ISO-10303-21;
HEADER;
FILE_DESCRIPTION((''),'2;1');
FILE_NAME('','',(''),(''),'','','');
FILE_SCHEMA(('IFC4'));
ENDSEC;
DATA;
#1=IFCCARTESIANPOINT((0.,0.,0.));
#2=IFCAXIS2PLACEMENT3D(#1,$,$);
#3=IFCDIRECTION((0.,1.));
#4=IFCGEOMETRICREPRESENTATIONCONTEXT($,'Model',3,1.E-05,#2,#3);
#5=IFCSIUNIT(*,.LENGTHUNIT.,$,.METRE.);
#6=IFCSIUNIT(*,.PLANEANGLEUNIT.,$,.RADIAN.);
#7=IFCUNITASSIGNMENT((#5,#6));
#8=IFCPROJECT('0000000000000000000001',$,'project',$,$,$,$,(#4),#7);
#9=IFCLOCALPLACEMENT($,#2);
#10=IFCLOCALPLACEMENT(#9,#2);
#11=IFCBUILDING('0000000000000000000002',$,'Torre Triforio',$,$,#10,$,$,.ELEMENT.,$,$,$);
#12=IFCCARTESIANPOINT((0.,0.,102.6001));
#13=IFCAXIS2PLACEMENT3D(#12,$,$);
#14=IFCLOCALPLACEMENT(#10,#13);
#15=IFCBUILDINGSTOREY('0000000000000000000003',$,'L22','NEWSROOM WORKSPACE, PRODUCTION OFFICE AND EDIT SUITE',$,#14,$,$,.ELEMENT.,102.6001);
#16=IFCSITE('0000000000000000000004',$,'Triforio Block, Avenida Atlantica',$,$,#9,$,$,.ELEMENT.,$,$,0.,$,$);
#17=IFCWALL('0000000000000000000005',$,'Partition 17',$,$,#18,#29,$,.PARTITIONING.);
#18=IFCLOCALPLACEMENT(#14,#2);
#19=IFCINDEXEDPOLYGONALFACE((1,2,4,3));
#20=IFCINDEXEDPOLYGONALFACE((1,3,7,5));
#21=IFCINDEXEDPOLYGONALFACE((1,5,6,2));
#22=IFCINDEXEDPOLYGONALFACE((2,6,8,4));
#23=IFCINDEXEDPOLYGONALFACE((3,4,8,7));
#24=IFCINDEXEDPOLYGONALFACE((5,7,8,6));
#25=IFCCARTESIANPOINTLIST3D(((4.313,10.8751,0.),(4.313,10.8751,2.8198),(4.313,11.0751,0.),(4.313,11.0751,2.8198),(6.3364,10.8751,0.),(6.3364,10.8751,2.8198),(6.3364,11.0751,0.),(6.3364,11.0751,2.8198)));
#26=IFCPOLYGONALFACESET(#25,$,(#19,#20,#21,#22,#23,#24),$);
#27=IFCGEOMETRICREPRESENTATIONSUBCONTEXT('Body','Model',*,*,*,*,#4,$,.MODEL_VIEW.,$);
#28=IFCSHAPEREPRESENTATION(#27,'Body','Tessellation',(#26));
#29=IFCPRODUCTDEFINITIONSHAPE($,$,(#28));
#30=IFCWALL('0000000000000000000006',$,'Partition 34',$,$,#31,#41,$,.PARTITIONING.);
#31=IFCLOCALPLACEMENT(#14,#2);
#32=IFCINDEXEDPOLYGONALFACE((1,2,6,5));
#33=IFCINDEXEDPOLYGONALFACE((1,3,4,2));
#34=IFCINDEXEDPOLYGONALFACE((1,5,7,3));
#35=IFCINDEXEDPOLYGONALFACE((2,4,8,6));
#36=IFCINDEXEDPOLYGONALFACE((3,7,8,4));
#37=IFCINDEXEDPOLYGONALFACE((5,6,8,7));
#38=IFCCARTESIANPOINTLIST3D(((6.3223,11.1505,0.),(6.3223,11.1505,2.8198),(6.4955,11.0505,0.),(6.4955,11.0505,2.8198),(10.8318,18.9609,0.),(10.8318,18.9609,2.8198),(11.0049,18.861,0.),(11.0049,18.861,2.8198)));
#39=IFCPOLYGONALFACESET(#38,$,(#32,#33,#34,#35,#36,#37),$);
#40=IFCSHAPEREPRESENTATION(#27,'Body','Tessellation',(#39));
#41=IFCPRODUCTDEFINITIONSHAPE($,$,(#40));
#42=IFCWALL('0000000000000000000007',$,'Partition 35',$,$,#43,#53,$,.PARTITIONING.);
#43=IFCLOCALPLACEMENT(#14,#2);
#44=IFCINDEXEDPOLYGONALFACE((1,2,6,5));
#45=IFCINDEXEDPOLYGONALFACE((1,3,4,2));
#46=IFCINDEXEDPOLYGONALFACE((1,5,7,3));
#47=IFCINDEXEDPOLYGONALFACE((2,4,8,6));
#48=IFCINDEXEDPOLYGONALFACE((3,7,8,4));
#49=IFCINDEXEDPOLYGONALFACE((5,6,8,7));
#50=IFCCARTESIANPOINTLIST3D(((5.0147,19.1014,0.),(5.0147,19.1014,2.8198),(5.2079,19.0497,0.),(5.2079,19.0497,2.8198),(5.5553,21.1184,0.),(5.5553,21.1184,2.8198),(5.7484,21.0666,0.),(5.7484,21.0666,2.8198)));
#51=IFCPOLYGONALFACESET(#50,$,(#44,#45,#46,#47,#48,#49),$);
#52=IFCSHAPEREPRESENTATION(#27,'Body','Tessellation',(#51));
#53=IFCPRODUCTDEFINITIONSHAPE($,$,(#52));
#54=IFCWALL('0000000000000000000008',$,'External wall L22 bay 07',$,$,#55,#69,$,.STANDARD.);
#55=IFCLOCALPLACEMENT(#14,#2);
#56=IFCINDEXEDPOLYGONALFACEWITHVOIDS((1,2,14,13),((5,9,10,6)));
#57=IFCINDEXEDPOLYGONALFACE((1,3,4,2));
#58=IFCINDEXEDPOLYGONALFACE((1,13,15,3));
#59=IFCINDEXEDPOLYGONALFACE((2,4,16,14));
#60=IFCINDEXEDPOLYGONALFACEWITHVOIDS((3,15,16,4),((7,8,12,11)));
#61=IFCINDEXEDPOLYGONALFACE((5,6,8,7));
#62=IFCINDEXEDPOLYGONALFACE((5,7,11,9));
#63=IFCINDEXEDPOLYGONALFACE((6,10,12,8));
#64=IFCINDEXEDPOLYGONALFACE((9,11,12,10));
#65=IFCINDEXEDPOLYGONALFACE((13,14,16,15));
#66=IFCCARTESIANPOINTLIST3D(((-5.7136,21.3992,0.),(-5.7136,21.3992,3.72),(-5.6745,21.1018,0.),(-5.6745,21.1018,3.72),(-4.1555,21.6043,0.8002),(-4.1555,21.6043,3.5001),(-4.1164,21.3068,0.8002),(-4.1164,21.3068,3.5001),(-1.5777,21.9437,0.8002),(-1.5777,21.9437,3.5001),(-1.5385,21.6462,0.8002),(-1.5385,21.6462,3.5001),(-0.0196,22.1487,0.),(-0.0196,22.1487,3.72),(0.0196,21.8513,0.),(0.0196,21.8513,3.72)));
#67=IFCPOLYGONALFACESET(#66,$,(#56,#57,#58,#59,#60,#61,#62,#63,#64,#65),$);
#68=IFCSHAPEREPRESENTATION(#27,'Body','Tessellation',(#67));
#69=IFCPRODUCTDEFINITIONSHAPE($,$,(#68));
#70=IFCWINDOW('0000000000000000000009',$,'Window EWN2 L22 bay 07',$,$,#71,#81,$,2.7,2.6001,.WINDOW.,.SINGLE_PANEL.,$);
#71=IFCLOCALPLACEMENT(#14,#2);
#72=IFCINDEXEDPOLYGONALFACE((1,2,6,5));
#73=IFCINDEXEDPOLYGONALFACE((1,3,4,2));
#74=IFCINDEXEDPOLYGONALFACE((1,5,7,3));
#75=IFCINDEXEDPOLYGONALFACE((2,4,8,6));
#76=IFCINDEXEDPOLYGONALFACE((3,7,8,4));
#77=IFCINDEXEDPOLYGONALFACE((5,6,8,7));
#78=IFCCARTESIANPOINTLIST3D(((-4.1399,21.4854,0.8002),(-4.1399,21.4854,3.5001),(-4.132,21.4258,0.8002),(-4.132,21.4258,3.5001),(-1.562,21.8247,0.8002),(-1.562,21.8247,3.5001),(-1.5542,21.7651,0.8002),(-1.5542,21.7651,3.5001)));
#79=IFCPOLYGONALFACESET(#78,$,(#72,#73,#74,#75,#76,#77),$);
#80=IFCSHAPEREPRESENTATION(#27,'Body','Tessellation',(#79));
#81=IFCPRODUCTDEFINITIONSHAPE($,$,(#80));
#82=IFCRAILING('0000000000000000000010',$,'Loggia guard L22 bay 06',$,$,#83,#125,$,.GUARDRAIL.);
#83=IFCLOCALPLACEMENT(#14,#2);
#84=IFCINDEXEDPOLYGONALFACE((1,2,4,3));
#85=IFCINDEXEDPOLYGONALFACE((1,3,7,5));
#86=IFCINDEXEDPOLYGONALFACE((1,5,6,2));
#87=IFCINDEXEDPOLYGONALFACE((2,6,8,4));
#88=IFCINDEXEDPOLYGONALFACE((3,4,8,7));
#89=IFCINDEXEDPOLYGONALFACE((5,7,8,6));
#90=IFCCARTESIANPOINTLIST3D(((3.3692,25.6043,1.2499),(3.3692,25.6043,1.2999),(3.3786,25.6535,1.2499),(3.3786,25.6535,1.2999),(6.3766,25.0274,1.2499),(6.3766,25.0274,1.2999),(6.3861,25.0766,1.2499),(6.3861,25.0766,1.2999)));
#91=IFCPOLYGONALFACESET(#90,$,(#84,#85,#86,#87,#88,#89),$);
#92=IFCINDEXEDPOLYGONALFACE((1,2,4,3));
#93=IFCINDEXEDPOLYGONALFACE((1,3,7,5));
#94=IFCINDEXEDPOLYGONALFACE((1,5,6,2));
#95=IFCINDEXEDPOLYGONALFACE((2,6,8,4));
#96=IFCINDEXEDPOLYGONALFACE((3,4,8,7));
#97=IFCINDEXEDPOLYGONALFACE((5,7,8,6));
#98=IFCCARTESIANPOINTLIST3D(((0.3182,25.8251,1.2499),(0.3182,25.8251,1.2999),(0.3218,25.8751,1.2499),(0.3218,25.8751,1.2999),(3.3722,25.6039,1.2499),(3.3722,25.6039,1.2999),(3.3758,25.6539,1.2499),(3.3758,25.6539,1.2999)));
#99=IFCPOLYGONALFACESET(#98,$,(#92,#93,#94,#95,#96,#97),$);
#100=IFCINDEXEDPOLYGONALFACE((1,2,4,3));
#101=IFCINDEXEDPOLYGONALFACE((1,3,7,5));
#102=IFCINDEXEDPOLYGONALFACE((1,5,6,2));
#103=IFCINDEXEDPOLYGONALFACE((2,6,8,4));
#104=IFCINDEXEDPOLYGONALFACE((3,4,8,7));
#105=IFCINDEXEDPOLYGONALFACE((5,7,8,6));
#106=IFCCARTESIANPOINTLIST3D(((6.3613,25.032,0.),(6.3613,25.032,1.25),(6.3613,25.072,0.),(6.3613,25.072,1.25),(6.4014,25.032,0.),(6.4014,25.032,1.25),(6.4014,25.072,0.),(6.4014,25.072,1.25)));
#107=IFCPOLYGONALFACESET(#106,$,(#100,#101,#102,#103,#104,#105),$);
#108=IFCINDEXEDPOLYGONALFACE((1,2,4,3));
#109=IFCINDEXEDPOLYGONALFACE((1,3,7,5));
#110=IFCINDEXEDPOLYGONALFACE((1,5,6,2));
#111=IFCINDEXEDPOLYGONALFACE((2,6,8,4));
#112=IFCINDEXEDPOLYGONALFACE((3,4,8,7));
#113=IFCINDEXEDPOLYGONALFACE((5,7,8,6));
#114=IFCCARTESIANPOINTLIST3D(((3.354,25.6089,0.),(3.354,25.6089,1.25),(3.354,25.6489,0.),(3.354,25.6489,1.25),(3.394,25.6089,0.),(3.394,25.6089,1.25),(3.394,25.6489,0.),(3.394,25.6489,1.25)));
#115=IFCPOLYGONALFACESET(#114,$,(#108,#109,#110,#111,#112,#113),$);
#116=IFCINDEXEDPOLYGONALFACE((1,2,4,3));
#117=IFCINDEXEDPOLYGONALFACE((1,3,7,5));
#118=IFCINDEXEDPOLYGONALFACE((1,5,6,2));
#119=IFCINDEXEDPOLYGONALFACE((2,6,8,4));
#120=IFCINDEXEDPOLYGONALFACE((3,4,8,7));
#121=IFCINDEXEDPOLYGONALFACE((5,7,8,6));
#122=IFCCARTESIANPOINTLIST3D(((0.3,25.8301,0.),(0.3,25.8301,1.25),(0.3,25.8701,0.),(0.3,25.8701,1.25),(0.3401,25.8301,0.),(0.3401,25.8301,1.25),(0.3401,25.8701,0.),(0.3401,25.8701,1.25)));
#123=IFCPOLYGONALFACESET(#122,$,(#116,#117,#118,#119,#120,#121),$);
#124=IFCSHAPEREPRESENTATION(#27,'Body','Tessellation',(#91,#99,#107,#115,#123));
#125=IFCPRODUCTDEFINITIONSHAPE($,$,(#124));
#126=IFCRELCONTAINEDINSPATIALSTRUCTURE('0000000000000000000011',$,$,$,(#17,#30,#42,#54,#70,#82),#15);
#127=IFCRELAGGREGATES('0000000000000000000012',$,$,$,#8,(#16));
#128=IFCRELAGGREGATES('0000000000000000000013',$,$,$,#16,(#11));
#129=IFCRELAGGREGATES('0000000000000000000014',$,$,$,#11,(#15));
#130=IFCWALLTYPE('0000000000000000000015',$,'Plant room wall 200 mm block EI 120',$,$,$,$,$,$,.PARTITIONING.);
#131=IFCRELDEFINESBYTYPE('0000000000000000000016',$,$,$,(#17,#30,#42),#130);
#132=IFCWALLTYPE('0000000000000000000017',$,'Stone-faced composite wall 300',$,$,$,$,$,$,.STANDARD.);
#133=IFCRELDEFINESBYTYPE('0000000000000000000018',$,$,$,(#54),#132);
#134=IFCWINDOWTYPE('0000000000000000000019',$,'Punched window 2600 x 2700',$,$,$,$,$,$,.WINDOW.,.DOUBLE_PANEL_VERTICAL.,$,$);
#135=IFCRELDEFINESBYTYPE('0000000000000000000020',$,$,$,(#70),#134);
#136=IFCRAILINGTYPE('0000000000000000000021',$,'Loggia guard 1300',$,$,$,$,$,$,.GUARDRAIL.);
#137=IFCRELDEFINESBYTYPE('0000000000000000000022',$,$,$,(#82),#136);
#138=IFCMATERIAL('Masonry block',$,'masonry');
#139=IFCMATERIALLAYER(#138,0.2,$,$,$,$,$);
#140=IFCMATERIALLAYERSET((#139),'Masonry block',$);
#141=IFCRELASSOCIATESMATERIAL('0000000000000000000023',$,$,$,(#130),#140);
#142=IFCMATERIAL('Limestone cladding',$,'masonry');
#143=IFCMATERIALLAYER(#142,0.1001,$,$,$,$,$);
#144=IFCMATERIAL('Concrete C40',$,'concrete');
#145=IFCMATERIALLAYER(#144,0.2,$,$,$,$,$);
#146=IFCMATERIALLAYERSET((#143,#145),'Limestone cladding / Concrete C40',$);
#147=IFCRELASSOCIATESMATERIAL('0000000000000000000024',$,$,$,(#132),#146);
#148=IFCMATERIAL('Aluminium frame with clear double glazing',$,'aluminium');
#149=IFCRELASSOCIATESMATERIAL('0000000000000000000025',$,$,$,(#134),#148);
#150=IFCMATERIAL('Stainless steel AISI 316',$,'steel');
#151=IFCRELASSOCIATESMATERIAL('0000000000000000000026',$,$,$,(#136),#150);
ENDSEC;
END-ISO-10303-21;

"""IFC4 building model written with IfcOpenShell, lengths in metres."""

from ifc_helpers import new_model, si_unit, direction, frame, frame_2d, origin, origin_2d, place, context, subcontext, project, spatial, rectangle, extrude, material, layer, layer_set, type_object, element, fill, save


model = new_model("IFC4")

# Units and contexts
model_context = context("Model", 3, precision=1e-05, world=origin(), true_north=direction((0.0, 1.0)))
body_context = subcontext(model_context, "Body", "Model", "MODEL_VIEW")
ifc_project = project(units=[si_unit("LENGTHUNIT", "METRE"), si_unit("PLANEANGLEUNIT", "RADIAN")], contexts=[model_context])

# Site, building, storey
site_placement = place(None, origin())
site = spatial("IfcSite", under=ifc_project, at=site_placement, Name="Triforio Block, Avenida Atlantica", CompositionType="ELEMENT", RefElevation=0.0)
building_placement = place(site_placement, origin())
building = spatial("IfcBuilding", under=site, at=building_placement, Name="Torre Triforio", CompositionType="ELEMENT")
storey_placement = place(building_placement, frame((0.0, 0.0, 102.6001)))
storey = spatial("IfcBuildingStorey", under=building, at=storey_placement, Name="L22", Description="NEWSROOM WORKSPACE, PRODUCTION OFFICE AND EDIT SUITE", CompositionType="ELEMENT", Elevation=102.6001)

# Shared definitions
ifc_material_1 = material(Name="Masonry block", Category="masonry")
ifc_layer_1 = layer(ifc_material_1, 0.2)
ifc_layer_set_1 = layer_set([ifc_layer_1], Name="Masonry block")
wall_type_1 = type_object("IfcWallType", Name="Plant room wall 200 mm block EI 120", PredefinedType="PARTITIONING", material=ifc_layer_set_1)

# Walls
wall_1_placement = place(storey_placement, frame((4.313, 10.9751, 0.0), z_axis=(0.0, 0.0, 1.0), x_axis=(1.0, 0.0, 0.0)))
element("IfcWall", 1, at=wall_1_placement, inside=storey, type_object=wall_type_1, Name="Partition 17", PredefinedType="PARTITIONING", context=body_context, shape_type="SweptSolid", body=[
    extrude(rectangle(XDim=2.0234, YDim=0.2, at=frame_2d((1.0117, 0.0))), origin(), (0.0, 0.0, 1.0), 2.8198),
])
wall_2_placement = place(storey_placement, frame((6.4089, 11.1006, 0.0), z_axis=(0.0, 0.0, 1.0), x_axis=(0.500008, 0.866021, 0.0)))
element("IfcWall", 2, at=wall_2_placement, inside=storey, type_object=wall_type_1, Name="Partition 34", PredefinedType="PARTITIONING", context=body_context, shape_type="SweptSolid", body=[
    extrude(rectangle(XDim=9.0188, YDim=0.2, at=frame_2d((4.5093, 0.0))), origin(), (0.0, 0.0, 1.0), 2.8198),
])
wall_3_placement = place(storey_placement, frame((5.1113, 19.0757, 0.0), z_axis=(0.0, 0.0, 1.0), x_axis=(0.258871, 0.965912, 0.0)))
element("IfcWall", 3, at=wall_3_placement, inside=storey, type_object=wall_type_1, Name="Partition 35", PredefinedType="PARTITIONING", context=body_context, shape_type="SweptSolid", body=[
    extrude(rectangle(XDim=2.0881, YDim=0.2, at=frame_2d((1.0439, 0.0))), origin(), (0.0, 0.0, 1.0), 2.8198),
])

# Shared definitions
ifc_material_2 = material(Name="Limestone cladding", Category="masonry")
ifc_layer_2 = layer(ifc_material_2, 0.1001)
ifc_material_3 = material(Name="Concrete C40", Category="concrete")
ifc_layer_3 = layer(ifc_material_3, 0.2)
ifc_layer_set_2 = layer_set([ifc_layer_2, ifc_layer_3], Name="Limestone cladding / Concrete C40")
wall_type_2 = type_object("IfcWallType", Name="Stone-faced composite wall 300", PredefinedType="STANDARD", material=ifc_layer_set_2)
ifc_material_4 = material(Name="Aluminium frame with clear double glazing", Category="aluminium")

# Wall, opening, window
wall_4_placement = place(storey_placement, frame((0.0, 22.0, 0.0), z_axis=(0.0, 0.0, 1.0), x_axis=(-0.991448, -0.130504, 0.0)))
wall_4 = element("IfcWall", 4, at=wall_4_placement, inside=storey, type_object=wall_type_2, Name="External wall L22 bay 07", PredefinedType="STANDARD", context=body_context, shape_type="SweptSolid", body=[
    extrude(rectangle(XDim=5.7432, YDim=0.3, at=frame_2d((2.8716, 0.0))), origin(), (0.0, 0.0, 1.0), 3.72),
])
opening_1_placement = place(wall_4_placement, frame((1.5715, 0.0, 0.8)))
opening_1 = element("IfcOpeningElement", 5, at=opening_1_placement, cuts=wall_4, PredefinedType="OPENING", context=body_context, shape_type="SweptSolid", body=[
    extrude(rectangle(XDim=2.6001, YDim=2.7, at=frame_2d((1.3, 1.3501))), frame((0.0, 0.1599, 0.0), z_axis=(0.0, -1.0, 0.0), x_axis=(1.0, 0.0, 0.0)), (0.0, 0.0, 1.0), 0.3201),
])
window_type_1 = type_object("IfcWindowType", Name="Punched window 2600 x 2700", PartitioningType="DOUBLE_PANEL_VERTICAL", PredefinedType="WINDOW", material=ifc_material_4)
window_1_placement = place(opening_1_placement, origin())
window_1 = element("IfcWindow", 6, at=window_1_placement, inside=storey, type_object=window_type_1, Name="Window EWN2 L22 bay 07", OverallHeight=2.7, OverallWidth=2.6001, PartitioningType="SINGLE_PANEL", PredefinedType="WINDOW", context=body_context, shape_type="SweptSolid", body=[
    extrude(rectangle(XDim=2.6001, YDim=2.7, at=frame_2d((1.3, 1.3501))), frame((0.0, 0.03, 0.0), z_axis=(0.0, -1.0, 0.0), x_axis=(1.0, 0.0, 0.0)), (0.0, 0.0, 1.0), 0.0601),
])
fill(opening_1, window_1)

# Railing
ifc_material_5 = material(Name="Stainless steel AISI 316", Category="steel")
railing_type = type_object("IfcRailingType", Name="Loggia guard 1300", PredefinedType="GUARDRAIL", material=ifc_material_5)
railing_placement = place(storey_placement, frame((6.3813, 25.052, 0.0)))
element("IfcRailing", 7, at=railing_placement, inside=storey, type_object=railing_type, Name="Loggia guard L22 bay 06", PredefinedType="GUARDRAIL", context=body_context, shape_type="SweptSolid", body=[
    extrude(rectangle(XDim=0.05, YDim=0.05, at=origin_2d()), frame((0.0, 0.0, 1.2749), z_axis=(-0.982093, 0.188398, 0.0), x_axis=(-0.188398, -0.982093, 0.0)), (0.0, 0.0, 1.0), 3.0623),
    extrude(rectangle(XDim=0.05, YDim=0.05, at=origin_2d()), frame((-3.0073, 0.5769, 1.2749), z_axis=(-0.997387, 0.072239, 0.0), x_axis=(-0.072239, -0.997387, 0.0)), (0.0, 0.0, 1.0), 3.062),
    extrude(rectangle(XDim=0.04, YDim=0.04, at=origin_2d()), origin(), (0.0, 0.0, 1.0), 1.25),
    extrude(rectangle(XDim=0.04, YDim=0.04, at=origin_2d()), frame((-3.0073, 0.5769, 0.0)), (0.0, 0.0, 1.0), 1.25),
    extrude(rectangle(XDim=0.04, YDim=0.04, at=origin_2d()), frame((-6.0613, 0.7981, 0.0)), (0.0, 0.0, 1.0), 1.25),
])

save(model, "model.ifc")
